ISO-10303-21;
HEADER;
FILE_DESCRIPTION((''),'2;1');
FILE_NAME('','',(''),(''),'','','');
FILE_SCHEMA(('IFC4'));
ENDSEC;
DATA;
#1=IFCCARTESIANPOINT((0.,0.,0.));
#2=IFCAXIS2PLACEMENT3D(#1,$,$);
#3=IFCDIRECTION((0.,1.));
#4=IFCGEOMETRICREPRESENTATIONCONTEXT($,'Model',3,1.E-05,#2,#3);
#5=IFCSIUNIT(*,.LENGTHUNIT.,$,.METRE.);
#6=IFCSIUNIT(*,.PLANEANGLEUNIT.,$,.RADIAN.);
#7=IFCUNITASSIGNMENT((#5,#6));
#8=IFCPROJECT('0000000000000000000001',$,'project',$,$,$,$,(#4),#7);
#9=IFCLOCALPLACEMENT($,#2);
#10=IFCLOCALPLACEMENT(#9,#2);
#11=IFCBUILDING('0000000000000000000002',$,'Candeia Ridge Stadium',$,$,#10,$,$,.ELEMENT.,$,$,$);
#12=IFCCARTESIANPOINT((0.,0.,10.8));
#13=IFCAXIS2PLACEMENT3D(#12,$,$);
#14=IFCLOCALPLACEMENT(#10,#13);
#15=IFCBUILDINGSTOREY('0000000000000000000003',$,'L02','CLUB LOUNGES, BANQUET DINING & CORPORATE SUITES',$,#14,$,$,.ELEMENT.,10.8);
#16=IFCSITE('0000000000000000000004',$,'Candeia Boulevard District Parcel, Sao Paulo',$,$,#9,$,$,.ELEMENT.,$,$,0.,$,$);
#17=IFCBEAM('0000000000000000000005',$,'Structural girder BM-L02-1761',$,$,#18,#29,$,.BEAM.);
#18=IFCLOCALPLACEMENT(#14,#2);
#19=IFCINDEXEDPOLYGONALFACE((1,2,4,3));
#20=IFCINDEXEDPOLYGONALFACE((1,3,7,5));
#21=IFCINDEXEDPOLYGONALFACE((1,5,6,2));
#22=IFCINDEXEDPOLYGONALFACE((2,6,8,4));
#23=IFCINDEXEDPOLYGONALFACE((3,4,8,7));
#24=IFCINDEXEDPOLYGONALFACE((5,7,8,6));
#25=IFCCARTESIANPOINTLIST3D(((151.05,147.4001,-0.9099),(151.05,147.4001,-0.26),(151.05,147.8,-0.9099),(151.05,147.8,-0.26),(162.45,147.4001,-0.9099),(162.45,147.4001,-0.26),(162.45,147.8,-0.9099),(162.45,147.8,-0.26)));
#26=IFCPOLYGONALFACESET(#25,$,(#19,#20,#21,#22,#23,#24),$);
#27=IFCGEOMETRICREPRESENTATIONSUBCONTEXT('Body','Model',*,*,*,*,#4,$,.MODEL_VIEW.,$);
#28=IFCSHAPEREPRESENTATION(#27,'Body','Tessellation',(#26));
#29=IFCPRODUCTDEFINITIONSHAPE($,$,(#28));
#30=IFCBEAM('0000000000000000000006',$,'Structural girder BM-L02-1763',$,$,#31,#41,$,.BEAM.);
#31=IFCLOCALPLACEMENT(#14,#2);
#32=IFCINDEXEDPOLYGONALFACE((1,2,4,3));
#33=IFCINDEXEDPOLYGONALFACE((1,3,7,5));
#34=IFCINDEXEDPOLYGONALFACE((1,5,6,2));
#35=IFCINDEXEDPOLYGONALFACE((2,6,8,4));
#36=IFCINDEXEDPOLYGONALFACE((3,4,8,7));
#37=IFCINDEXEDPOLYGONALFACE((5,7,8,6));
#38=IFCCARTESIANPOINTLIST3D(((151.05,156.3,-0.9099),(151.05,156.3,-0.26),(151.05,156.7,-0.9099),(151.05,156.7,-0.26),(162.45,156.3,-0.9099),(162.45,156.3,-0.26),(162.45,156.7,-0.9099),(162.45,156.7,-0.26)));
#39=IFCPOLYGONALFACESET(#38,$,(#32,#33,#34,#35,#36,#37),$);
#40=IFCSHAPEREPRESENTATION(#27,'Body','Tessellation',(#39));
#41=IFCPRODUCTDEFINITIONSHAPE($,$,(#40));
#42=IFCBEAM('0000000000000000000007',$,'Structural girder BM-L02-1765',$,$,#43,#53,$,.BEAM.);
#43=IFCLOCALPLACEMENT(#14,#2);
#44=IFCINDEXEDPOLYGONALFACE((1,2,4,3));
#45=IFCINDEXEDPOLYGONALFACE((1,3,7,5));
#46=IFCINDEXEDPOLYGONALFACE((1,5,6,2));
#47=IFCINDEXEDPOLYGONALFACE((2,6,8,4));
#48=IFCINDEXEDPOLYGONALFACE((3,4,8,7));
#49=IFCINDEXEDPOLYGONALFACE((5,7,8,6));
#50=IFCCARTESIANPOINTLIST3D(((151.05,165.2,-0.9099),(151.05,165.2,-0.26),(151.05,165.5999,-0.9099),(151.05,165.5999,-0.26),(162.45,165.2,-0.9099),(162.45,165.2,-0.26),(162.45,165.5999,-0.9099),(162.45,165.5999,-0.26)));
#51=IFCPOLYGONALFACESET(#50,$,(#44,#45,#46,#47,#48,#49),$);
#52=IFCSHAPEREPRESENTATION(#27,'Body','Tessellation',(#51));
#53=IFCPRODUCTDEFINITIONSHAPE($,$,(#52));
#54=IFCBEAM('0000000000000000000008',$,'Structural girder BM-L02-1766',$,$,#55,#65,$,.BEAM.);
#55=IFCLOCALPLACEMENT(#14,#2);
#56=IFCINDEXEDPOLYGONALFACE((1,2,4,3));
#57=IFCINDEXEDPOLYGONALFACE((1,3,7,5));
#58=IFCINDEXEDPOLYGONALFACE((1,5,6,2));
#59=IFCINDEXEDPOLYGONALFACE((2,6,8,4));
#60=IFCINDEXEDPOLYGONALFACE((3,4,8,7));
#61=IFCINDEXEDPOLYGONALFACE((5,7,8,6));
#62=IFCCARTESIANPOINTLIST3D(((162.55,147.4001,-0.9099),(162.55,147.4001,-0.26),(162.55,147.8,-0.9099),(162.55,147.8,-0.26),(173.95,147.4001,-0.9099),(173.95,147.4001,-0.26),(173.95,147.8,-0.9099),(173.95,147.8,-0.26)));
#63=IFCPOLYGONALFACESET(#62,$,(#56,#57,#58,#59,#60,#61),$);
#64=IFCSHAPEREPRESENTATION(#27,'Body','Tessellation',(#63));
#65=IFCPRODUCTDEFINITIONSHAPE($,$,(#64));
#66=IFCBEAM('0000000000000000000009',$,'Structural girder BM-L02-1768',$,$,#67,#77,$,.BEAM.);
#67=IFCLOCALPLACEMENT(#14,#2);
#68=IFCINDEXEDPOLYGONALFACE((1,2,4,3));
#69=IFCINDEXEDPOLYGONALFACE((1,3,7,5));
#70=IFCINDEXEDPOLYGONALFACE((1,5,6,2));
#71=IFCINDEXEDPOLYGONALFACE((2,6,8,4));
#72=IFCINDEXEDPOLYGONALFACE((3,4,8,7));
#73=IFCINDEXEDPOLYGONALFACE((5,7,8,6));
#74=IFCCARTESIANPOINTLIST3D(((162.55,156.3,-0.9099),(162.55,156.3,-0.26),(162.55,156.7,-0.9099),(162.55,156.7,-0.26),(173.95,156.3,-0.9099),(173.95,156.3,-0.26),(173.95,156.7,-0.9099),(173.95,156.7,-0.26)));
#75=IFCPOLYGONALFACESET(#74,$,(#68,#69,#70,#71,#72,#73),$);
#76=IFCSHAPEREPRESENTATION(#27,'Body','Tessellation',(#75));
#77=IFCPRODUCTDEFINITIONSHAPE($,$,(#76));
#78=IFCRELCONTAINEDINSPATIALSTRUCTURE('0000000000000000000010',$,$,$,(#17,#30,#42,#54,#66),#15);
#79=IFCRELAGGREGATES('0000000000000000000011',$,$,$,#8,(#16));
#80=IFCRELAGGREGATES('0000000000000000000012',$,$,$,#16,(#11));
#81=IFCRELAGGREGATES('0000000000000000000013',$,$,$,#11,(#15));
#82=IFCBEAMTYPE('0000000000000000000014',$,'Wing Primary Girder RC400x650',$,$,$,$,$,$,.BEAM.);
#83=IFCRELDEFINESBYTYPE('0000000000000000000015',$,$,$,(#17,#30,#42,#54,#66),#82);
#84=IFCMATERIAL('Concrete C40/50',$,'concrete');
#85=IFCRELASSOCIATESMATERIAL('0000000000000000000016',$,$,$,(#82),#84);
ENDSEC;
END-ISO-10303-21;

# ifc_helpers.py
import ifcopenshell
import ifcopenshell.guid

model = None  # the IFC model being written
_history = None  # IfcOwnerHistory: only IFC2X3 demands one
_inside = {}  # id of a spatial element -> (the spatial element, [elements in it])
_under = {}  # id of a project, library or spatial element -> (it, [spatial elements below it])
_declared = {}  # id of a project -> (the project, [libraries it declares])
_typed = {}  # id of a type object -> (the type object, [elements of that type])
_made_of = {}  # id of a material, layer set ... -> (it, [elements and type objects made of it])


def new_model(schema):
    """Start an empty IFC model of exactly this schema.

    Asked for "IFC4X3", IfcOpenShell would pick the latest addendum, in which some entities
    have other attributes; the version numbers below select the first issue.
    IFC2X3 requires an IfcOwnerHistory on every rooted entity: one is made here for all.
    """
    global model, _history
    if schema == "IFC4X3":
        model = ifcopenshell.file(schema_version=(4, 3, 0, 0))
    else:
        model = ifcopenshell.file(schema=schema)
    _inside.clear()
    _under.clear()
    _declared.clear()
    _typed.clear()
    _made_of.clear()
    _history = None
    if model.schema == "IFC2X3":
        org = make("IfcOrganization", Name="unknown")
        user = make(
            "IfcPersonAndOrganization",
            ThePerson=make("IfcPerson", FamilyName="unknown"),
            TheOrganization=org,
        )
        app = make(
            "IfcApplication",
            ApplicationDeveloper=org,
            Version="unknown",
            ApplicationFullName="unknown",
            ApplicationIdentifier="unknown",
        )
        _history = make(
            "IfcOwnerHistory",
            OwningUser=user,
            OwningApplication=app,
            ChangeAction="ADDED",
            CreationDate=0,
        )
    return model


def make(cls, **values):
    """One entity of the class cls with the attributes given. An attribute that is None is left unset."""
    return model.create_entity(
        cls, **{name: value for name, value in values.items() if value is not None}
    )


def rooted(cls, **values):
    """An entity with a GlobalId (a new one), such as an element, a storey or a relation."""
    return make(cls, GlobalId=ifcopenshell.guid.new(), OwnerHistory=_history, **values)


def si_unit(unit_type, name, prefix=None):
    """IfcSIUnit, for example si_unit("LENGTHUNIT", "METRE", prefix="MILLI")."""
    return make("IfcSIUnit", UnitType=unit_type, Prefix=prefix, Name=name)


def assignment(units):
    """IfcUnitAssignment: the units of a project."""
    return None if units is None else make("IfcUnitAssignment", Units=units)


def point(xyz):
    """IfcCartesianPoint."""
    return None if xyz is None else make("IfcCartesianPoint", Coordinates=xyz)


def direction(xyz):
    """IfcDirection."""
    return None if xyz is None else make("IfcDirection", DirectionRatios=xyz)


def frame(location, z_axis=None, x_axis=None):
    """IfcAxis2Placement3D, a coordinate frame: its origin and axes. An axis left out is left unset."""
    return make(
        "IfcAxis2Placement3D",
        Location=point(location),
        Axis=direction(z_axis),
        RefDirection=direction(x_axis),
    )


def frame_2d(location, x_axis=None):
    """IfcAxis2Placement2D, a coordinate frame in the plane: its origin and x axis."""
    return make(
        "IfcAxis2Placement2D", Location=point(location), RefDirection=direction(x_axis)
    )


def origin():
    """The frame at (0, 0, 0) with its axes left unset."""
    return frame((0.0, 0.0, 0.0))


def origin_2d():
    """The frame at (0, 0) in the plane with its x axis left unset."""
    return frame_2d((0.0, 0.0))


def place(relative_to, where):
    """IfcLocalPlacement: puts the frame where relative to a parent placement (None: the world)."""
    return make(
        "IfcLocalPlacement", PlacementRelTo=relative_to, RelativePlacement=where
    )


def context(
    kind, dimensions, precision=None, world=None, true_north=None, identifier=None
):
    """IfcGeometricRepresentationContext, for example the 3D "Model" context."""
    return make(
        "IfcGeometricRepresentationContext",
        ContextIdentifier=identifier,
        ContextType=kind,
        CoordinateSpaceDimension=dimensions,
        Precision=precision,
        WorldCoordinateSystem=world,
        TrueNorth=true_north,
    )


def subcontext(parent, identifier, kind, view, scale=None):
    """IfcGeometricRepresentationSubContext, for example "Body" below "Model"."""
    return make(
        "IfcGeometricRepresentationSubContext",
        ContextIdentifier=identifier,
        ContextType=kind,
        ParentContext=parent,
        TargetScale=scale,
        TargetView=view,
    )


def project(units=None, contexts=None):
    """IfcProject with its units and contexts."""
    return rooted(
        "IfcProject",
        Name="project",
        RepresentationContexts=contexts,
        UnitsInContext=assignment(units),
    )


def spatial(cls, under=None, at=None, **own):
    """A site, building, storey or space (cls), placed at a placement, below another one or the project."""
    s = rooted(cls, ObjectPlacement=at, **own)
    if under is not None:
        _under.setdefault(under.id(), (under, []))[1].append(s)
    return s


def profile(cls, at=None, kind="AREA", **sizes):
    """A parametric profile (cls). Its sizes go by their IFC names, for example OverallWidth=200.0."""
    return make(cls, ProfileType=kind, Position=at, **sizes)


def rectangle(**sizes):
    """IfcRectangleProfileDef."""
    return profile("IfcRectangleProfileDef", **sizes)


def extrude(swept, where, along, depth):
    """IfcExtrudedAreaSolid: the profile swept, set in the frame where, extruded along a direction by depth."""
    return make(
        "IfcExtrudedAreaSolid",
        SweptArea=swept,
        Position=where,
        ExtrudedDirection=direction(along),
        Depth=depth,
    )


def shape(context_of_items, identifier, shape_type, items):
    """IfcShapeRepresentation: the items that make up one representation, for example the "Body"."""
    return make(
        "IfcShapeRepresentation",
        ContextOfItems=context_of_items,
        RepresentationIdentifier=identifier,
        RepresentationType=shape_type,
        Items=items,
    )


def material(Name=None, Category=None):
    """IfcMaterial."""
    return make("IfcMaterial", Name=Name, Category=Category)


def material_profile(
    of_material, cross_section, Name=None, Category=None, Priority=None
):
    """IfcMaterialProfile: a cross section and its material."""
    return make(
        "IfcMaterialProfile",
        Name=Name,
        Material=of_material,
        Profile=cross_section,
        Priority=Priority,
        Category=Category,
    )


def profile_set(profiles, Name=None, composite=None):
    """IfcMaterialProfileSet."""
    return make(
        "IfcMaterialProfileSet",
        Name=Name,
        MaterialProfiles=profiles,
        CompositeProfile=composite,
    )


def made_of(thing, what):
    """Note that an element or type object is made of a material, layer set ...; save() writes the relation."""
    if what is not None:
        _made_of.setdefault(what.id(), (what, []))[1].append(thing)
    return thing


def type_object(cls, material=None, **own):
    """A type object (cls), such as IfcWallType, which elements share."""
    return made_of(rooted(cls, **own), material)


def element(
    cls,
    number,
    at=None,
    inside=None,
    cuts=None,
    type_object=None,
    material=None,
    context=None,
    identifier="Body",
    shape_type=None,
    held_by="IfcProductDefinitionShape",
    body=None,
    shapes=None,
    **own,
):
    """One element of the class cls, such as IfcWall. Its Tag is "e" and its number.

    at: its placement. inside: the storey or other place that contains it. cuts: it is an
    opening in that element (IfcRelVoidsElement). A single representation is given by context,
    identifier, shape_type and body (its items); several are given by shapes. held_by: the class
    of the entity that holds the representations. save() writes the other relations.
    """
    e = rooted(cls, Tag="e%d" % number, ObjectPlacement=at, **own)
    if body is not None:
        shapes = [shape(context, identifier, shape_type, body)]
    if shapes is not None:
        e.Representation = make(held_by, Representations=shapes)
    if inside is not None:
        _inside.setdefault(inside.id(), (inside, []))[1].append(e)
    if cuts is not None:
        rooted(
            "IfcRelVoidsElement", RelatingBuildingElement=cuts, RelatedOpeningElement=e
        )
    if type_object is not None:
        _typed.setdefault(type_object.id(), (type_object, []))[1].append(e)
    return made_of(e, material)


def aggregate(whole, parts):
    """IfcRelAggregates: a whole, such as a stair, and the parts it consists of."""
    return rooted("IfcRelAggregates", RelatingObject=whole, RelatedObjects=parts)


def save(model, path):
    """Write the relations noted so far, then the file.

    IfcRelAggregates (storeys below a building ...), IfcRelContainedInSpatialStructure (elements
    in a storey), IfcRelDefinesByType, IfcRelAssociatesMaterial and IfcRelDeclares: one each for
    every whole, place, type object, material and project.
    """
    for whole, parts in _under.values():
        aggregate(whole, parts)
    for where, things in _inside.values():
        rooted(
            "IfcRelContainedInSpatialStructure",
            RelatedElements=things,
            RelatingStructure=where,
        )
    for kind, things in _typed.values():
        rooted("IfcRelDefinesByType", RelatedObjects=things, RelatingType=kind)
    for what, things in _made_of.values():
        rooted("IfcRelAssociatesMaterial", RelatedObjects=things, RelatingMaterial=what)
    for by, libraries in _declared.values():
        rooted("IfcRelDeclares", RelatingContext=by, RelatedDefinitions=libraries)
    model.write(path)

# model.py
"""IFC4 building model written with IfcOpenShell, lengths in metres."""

from ifc_helpers import new_model, si_unit, direction, frame, origin, origin_2d, place, context, subcontext, project, spatial, rectangle, extrude, material, material_profile, profile_set, type_object, element, save


model = new_model("IFC4")

# Units and contexts
model_context = context("Model", 3, precision=1e-05, world=origin(), true_north=direction((0.0, 1.0)))
body_context = subcontext(model_context, "Body", "Model", "MODEL_VIEW")
ifc_project = project(units=[si_unit("LENGTHUNIT", "METRE"), si_unit("PLANEANGLEUNIT", "RADIAN")], contexts=[model_context])

# Site, building, storey
site_placement = place(None, origin())
site = spatial("IfcSite", under=ifc_project, at=site_placement, Name="Candeia Boulevard District Parcel, Sao Paulo", CompositionType="ELEMENT", RefElevation=0.0)
building_placement = place(site_placement, origin())
building = spatial("IfcBuilding", under=site, at=building_placement, Name="Candeia Ridge Stadium", CompositionType="ELEMENT")
storey_placement = place(building_placement, frame((0.0, 0.0, 10.8)))
storey = spatial("IfcBuildingStorey", under=building, at=storey_placement, Name="L02", Description="CLUB LOUNGES, BANQUET DINING & CORPORATE SUITES", CompositionType="ELEMENT", Elevation=10.8)

# Shared definitions
ifc_material_1 = material(Name="Concrete C40/50", Category="concrete")

# Beams
ifc_material_profile_1 = material_profile(ifc_material_1, rectangle(XDim=0.3999, YDim=0.6499, at=origin_2d()), Name="RC400x650", Category="concrete")
ifc_profile_set_1 = profile_set([ifc_material_profile_1], Name="Concrete C40/50")
beam_type_1 = type_object("IfcBeamType", Name="Wing Primary Girder RC400x650", PredefinedType="BEAM", material=ifc_profile_set_1)
for number, where, z_axis, x_axis, name in (
    (1, (151.05, 147.6001, -0.585), (1.0, 0.0, 0.0), (0.0, 1.0, 0.0), "Structural girder BM-L02-1761"),
    (2, (151.05, 156.5, -0.585), (1.0, 0.0, 0.0), (0.0, 1.0, 0.0), "Structural girder BM-L02-1763"),
    (3, (151.05, 165.3999, -0.585), (1.0, 0.0, 0.0), (0.0, 1.0, 0.0), "Structural girder BM-L02-1765"),
    (4, (162.55, 147.6001, -0.585), (1.0, 0.0, 0.0), (0.0, 1.0, 0.0), "Structural girder BM-L02-1766"),
    (5, (162.55, 156.5, -0.585), (1.0, 0.0, 0.0), (0.0, 1.0, 0.0), "Structural girder BM-L02-1768"),
):
    element("IfcBeam", number, at=place(storey_placement, frame(where, z_axis=z_axis, x_axis=x_axis)), inside=storey, type_object=beam_type_1, Name=name, PredefinedType="BEAM", context=body_context, shape_type="SweptSolid", body=[
        extrude(rectangle(XDim=0.3999, YDim=0.6499, at=origin_2d()), origin(), (0.0, 0.0, 1.0), 11.3999),
    ])

save(model, "model.ifc")
